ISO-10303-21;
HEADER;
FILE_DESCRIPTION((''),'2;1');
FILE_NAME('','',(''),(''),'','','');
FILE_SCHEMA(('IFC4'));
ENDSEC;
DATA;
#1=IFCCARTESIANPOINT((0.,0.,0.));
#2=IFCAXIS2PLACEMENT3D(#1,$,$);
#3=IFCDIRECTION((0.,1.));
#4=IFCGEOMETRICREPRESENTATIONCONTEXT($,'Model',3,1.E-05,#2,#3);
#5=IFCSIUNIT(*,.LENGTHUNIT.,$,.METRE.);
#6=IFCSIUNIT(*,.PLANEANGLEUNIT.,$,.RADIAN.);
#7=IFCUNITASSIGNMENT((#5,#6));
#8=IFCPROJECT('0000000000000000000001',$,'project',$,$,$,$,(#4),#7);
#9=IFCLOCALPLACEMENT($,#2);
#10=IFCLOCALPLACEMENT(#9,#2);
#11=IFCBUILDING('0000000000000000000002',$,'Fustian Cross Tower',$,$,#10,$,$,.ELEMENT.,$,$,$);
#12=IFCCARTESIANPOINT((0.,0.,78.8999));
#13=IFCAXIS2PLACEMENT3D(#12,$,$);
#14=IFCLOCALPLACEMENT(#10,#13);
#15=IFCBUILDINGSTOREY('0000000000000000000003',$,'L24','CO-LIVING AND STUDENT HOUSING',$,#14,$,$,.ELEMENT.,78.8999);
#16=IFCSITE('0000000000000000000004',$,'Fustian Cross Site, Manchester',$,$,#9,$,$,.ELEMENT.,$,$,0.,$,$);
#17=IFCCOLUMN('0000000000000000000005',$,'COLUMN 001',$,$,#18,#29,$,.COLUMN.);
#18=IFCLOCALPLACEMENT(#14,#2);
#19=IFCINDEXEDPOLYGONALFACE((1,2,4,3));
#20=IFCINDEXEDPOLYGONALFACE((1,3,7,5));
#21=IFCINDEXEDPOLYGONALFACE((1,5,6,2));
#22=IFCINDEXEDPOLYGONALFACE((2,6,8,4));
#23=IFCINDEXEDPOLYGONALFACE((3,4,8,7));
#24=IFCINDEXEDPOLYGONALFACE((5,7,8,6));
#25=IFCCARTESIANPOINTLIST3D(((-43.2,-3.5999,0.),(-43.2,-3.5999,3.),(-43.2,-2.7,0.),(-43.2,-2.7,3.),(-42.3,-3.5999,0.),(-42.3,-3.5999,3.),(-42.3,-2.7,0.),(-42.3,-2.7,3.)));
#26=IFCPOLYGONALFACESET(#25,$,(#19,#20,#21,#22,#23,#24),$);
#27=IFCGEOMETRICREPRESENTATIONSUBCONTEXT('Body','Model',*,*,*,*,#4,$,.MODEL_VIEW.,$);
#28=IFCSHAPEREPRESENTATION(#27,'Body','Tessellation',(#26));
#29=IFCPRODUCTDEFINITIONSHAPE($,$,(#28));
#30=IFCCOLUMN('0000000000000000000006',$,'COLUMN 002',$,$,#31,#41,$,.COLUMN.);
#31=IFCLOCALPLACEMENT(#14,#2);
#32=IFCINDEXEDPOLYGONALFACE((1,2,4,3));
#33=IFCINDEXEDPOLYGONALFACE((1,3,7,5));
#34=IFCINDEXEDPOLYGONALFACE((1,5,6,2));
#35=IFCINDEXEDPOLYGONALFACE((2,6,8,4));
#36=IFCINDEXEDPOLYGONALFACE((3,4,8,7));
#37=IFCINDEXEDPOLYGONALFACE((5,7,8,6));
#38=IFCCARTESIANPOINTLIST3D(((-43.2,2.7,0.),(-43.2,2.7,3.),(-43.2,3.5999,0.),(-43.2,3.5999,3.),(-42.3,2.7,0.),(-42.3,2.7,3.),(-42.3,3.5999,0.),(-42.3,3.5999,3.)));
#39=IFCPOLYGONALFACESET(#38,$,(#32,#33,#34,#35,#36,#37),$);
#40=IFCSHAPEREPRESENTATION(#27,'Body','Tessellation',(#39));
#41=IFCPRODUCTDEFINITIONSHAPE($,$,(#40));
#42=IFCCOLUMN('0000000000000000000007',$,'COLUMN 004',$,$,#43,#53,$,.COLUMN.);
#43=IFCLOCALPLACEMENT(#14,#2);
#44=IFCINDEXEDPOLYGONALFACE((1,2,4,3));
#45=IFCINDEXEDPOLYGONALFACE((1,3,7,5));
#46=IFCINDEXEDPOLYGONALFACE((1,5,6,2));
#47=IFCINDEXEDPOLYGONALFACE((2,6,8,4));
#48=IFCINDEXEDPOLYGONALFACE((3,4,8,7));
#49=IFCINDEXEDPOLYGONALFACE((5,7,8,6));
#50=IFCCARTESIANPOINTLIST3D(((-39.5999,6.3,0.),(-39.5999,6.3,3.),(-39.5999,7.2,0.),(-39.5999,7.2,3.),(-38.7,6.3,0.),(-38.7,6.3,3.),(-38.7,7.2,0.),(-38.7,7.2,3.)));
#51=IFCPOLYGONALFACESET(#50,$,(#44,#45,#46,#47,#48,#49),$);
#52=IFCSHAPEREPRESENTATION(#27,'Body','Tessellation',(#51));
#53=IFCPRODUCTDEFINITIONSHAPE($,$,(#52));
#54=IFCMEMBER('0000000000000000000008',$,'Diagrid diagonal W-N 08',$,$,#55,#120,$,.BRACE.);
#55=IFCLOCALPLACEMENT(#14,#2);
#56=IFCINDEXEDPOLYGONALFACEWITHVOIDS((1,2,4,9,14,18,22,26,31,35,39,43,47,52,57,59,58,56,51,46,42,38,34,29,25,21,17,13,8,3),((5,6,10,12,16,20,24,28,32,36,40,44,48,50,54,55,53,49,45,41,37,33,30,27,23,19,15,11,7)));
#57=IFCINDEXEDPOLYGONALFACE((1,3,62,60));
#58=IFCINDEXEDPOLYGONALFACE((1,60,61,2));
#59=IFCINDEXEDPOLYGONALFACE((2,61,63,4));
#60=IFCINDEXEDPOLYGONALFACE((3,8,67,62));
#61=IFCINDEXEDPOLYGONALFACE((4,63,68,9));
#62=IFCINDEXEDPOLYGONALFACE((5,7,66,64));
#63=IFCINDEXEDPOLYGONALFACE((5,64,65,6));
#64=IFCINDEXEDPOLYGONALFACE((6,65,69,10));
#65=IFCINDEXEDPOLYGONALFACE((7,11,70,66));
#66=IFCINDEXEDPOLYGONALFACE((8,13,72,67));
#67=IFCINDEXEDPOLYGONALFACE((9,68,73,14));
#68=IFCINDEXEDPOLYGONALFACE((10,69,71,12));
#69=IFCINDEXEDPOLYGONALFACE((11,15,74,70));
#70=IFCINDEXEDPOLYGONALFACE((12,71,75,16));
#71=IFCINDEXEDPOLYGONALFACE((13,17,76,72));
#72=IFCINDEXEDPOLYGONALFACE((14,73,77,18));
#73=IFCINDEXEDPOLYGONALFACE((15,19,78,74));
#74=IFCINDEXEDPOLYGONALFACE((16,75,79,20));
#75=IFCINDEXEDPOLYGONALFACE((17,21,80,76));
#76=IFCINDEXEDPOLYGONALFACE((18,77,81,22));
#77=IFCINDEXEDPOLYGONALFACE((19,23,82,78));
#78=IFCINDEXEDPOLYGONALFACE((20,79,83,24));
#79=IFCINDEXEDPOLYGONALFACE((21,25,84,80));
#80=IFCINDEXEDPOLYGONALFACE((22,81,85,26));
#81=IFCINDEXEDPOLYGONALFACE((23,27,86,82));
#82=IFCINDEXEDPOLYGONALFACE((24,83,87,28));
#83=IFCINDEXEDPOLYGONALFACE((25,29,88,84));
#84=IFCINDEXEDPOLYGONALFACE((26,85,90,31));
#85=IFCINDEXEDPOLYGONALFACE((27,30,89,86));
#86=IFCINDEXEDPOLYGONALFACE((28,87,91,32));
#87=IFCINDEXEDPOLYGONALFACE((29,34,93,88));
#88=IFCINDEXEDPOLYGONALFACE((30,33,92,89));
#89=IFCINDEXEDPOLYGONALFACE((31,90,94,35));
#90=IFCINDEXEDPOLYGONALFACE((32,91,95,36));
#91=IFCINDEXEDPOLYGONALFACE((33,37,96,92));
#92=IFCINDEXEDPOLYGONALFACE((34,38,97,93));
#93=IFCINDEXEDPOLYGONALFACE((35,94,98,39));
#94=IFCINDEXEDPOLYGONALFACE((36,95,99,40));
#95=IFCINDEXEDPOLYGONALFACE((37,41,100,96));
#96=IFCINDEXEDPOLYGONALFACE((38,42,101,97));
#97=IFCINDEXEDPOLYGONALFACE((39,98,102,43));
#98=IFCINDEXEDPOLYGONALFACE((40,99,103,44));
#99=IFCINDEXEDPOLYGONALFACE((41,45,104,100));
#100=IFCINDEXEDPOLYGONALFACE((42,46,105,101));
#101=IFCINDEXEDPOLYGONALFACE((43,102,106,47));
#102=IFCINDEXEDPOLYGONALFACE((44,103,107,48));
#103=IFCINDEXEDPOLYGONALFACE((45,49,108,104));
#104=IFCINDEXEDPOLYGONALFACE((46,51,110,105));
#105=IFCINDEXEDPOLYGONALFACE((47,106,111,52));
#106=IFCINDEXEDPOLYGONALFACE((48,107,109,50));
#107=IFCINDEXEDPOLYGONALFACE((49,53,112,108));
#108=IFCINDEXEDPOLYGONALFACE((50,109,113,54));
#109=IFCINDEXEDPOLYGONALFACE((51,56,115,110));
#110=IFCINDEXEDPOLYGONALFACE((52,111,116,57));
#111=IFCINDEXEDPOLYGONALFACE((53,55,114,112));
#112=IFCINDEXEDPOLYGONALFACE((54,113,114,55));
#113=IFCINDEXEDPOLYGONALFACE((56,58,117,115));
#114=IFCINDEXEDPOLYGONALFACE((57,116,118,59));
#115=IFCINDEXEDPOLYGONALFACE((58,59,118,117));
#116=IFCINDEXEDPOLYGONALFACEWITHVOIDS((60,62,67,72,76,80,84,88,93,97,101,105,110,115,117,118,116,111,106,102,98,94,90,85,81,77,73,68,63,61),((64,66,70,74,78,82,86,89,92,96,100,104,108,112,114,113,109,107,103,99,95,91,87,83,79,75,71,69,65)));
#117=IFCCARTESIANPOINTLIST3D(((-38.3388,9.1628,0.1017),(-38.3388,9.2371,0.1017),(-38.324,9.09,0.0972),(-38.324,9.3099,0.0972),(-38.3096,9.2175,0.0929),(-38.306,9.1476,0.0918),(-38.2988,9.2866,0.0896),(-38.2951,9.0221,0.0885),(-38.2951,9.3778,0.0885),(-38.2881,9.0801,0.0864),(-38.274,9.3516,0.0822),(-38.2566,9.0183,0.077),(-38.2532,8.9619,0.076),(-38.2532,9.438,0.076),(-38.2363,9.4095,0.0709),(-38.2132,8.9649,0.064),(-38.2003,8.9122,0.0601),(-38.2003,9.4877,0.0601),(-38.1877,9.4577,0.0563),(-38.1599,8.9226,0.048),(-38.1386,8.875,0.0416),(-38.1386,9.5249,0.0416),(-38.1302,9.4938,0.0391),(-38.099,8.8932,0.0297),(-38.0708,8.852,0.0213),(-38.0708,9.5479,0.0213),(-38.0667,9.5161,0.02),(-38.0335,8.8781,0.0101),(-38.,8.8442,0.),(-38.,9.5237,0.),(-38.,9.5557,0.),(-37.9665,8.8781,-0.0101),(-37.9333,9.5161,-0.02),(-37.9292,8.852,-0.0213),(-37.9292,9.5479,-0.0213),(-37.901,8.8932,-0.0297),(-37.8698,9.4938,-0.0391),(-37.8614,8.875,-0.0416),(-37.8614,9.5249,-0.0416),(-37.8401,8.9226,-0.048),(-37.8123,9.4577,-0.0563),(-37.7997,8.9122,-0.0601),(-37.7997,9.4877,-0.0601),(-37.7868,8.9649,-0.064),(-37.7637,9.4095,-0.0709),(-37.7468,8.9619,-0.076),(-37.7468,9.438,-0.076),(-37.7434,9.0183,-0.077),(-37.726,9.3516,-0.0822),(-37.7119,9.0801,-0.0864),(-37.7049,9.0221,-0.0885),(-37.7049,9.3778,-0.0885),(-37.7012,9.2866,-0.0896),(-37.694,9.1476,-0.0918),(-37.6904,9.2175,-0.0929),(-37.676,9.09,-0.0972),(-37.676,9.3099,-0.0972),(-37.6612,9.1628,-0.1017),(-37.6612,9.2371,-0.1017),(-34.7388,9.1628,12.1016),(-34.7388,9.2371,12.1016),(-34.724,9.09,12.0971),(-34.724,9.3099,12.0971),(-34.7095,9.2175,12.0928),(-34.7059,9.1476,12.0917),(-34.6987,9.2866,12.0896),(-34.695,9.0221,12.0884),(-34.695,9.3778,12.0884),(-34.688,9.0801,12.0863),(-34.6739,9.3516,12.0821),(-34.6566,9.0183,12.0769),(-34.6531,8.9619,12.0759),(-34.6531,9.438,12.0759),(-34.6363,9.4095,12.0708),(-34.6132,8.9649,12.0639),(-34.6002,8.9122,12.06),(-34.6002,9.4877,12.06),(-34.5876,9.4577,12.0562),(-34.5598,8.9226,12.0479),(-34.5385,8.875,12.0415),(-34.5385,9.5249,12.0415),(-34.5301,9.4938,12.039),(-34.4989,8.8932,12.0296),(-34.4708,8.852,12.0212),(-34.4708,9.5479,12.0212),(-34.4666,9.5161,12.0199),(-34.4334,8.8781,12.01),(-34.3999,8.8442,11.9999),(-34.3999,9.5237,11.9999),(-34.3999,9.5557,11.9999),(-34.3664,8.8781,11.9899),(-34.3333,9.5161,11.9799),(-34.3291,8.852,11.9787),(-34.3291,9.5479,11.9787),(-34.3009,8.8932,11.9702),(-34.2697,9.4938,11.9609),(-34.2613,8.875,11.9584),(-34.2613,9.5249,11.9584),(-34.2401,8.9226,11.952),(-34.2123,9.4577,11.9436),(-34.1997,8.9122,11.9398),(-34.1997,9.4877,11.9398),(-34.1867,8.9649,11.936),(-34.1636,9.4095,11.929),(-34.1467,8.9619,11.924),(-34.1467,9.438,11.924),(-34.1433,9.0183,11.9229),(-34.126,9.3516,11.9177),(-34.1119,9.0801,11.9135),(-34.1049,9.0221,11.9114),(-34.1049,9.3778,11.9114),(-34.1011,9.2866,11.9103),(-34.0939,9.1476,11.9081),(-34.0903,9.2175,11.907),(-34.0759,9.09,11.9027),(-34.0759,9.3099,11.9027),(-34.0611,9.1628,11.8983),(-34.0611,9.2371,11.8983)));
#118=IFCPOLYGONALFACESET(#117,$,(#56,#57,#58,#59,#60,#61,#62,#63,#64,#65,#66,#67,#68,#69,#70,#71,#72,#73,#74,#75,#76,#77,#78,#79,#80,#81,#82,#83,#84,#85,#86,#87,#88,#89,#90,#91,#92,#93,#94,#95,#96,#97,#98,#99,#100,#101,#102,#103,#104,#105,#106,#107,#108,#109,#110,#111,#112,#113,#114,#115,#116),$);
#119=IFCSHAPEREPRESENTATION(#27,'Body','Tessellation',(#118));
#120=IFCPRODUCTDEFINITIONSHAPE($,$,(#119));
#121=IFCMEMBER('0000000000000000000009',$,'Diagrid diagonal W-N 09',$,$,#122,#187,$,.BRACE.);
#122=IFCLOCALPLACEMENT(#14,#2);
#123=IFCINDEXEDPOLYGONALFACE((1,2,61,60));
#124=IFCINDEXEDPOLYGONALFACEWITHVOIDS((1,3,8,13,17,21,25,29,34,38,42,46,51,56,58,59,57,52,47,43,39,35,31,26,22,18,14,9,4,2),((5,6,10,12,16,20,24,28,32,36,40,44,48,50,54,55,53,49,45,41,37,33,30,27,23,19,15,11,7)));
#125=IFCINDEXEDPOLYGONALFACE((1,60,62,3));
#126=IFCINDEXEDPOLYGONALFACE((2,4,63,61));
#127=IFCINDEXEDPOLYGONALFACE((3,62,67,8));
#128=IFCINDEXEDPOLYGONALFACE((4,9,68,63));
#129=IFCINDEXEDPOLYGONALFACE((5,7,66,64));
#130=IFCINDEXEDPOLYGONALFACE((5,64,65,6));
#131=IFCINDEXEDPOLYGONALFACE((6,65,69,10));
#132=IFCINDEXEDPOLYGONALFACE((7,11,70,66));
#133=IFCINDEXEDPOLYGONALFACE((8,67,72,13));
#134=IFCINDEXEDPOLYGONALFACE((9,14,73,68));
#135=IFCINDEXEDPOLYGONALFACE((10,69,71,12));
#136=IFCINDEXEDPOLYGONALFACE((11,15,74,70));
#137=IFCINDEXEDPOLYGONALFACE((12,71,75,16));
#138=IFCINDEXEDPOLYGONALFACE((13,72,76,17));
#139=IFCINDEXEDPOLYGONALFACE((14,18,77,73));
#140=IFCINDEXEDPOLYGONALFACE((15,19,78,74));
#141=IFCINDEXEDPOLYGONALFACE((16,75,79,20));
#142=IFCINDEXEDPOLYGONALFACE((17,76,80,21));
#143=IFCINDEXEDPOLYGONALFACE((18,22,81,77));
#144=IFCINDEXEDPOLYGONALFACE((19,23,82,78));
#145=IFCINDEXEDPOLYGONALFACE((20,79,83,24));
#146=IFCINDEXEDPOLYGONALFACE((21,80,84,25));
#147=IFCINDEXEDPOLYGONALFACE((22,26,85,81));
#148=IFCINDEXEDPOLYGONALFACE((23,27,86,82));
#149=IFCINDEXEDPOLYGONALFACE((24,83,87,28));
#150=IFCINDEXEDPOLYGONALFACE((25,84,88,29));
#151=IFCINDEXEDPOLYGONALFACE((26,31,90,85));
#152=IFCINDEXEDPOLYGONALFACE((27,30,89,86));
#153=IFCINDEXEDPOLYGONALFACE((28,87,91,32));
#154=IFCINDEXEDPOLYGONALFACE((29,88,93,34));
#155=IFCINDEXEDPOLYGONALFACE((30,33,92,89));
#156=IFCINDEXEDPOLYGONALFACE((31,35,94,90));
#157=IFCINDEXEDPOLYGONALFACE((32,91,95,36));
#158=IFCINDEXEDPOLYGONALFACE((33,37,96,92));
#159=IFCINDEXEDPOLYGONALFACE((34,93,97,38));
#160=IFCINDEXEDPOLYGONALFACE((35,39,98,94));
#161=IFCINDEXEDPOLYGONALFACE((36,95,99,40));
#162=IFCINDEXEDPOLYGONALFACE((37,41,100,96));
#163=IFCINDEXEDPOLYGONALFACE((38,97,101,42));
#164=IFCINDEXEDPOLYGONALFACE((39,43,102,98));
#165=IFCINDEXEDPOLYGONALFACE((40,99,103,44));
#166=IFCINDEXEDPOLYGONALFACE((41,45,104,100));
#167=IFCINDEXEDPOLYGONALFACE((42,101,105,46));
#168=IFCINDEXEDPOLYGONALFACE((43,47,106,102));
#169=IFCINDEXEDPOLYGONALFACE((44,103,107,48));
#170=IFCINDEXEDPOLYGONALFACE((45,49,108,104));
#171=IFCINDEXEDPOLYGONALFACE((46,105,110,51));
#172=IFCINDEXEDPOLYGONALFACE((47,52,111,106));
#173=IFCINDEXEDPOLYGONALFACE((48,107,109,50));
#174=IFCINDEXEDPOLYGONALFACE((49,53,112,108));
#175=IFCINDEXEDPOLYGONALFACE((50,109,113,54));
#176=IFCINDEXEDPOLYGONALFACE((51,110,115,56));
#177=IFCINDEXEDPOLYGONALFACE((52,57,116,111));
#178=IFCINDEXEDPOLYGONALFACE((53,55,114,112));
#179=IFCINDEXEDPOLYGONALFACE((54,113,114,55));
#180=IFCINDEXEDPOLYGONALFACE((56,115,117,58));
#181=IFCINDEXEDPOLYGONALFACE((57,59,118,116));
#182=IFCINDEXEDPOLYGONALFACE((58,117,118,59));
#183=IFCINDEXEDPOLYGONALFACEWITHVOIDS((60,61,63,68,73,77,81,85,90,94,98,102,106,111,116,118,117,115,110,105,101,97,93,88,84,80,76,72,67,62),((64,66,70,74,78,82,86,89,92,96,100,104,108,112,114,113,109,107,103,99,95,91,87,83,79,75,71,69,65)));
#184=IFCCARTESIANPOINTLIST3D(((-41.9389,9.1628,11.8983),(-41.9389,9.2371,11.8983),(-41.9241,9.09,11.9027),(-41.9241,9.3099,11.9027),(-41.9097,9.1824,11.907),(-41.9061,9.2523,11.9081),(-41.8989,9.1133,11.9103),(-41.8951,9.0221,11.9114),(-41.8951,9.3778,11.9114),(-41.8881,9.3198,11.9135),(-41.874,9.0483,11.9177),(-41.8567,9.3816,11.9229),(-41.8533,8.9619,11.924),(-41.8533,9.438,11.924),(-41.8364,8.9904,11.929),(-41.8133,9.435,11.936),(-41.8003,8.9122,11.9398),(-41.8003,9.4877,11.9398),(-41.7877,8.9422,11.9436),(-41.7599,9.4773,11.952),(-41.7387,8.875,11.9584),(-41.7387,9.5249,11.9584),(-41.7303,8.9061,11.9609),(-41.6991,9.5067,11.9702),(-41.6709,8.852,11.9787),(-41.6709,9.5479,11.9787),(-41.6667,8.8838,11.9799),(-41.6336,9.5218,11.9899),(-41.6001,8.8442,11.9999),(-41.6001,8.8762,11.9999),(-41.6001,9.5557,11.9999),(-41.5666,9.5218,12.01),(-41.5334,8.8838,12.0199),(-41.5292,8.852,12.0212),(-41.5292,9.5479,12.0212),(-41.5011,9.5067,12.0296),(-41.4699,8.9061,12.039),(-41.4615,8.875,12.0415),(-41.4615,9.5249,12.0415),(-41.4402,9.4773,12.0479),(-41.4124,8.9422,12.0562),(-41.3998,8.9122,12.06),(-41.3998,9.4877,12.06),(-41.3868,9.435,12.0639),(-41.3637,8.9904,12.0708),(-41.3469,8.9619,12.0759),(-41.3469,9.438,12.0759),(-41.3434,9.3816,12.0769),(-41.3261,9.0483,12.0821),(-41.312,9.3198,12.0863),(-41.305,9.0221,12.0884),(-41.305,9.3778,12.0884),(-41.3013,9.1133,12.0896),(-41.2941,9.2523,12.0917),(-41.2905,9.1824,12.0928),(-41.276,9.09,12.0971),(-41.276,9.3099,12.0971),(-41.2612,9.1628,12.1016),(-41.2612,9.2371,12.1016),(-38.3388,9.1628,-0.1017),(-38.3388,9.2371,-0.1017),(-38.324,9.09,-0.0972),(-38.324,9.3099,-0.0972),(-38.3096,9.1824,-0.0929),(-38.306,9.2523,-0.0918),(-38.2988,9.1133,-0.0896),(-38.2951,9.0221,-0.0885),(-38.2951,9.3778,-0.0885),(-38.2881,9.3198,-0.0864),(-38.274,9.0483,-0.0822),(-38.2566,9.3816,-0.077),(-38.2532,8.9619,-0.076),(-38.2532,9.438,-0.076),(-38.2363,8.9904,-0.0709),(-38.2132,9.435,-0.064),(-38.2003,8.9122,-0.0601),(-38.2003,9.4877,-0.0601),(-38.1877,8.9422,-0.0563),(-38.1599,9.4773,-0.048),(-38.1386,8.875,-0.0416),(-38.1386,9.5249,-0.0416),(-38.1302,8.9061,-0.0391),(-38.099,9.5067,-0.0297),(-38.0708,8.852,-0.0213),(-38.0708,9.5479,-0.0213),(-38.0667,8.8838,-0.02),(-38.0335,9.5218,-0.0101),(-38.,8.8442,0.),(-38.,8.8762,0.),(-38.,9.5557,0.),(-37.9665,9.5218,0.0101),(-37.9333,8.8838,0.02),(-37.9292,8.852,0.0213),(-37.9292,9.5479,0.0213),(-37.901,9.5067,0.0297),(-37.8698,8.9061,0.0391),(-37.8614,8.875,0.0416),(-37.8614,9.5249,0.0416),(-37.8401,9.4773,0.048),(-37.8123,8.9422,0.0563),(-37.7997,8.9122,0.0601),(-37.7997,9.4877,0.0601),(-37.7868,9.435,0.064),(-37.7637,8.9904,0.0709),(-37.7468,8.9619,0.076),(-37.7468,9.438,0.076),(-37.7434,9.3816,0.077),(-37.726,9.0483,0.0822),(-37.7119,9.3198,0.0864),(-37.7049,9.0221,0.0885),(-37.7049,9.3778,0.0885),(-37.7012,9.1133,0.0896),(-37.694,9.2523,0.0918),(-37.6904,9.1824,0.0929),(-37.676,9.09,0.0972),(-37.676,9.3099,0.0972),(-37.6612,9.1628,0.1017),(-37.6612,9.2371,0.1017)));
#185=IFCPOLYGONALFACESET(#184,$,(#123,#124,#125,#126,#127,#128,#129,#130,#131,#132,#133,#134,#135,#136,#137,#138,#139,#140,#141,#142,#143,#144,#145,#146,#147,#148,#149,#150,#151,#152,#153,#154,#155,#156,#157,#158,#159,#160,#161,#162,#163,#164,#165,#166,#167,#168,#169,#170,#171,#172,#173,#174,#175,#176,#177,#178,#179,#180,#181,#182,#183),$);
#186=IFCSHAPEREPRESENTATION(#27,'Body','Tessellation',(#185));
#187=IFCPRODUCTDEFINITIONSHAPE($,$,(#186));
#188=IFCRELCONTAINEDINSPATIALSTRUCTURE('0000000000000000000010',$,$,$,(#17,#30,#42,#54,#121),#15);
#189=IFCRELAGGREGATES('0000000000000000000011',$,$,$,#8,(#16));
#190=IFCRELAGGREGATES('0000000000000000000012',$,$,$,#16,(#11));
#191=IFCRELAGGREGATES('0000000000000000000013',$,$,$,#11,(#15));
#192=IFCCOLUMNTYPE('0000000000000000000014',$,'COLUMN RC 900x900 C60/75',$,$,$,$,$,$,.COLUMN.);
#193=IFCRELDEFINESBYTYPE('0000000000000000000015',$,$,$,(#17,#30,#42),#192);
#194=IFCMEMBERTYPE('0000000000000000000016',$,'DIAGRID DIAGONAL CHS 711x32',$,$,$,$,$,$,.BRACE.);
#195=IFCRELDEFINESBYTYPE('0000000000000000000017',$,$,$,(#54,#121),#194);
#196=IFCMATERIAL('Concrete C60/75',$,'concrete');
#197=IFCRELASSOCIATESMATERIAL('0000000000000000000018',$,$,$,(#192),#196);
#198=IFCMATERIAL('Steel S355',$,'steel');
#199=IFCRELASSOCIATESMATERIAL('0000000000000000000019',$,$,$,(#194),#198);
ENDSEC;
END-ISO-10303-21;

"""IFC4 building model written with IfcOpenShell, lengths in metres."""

from ifc_helpers import new_model, si_unit, direction, frame, origin, origin_2d, place, context, subcontext, project, spatial, rectangle, hollow_circle, extrude, material, material_profile, profile_set, type_object, element, save


model = new_model("IFC4")

# Units and contexts
model_context = context("Model", 3, precision=1e-05, world=origin(), true_north=direction((0.0, 1.0)))
body_context = subcontext(model_context, "Body", "Model", "MODEL_VIEW")
ifc_project = project(units=[si_unit("LENGTHUNIT", "METRE"), si_unit("PLANEANGLEUNIT", "RADIAN")], contexts=[model_context])

# Site, building, storey
site_placement = place(None, origin())
site = spatial("IfcSite", under=ifc_project, at=site_placement, Name="Fustian Cross Site, Manchester", CompositionType="ELEMENT", RefElevation=0.0)
building_placement = place(site_placement, origin())
building = spatial("IfcBuilding", under=site, at=building_placement, Name="Fustian Cross Tower", CompositionType="ELEMENT")
storey_placement = place(building_placement, frame((0.0, 0.0, 78.8999)))
storey = spatial("IfcBuildingStorey", under=building, at=storey_placement, Name="L24", Description="CO-LIVING AND STUDENT HOUSING", CompositionType="ELEMENT", Elevation=78.8999)

# Columns
ifc_material_1 = material(Name="Concrete C60/75", Category="concrete")
ifc_material_profile_1 = material_profile(ifc_material_1, rectangle(XDim=0.8999, YDim=0.8999, at=origin_2d()), Name="RC 900x900")
ifc_profile_set_1 = profile_set([ifc_material_profile_1], Name="Concrete C60/75")
column_type = type_object("IfcColumnType", Name="COLUMN RC 900x900 C60/75", PredefinedType="COLUMN", material=ifc_profile_set_1)
for number, where, z_axis, x_axis, name in (
    (1, (-42.75, -3.1499, 0.0), (0.0, 0.0, 1.0), (1.0, 0.0, 0.0), "COLUMN 001"),
    (2, (-42.75, 3.1499, 0.0), (0.0, 0.0, 1.0), (1.0, 0.0, 0.0), "COLUMN 002"),
    (3, (-39.1499, 6.75, 0.0), (0.0, 0.0, 1.0), (1.0, 0.0, 0.0), "COLUMN 004"),
):
    element("IfcColumn", number, at=place(storey_placement, frame(where, z_axis=z_axis, x_axis=x_axis)), inside=storey, type_object=column_type, Name=name, PredefinedType="COLUMN", context=body_context, shape_type="SweptSolid", body=[
        extrude(rectangle(XDim=0.8999, YDim=0.8999, at=origin_2d()), origin(), (0.0, 0.0, 1.0), 3.0),
    ])

# Members
ifc_material_2 = material(Name="Steel S355", Category="steel")
ifc_material_profile_2 = material_profile(ifc_material_2, hollow_circle(Radius=0.3557, WallThickness=0.032, at=origin_2d()), Name="CHS 711x32")
ifc_profile_set_2 = profile_set([ifc_material_profile_2], Name="Steel S355")
member_type_1 = type_object("IfcMemberType", Name="DIAGRID DIAGONAL CHS 711x32", PredefinedType="BRACE", material=ifc_profile_set_2)
for number, where, z_axis, x_axis, name in (
    (4, (-38.0, 9.2, 0.0), (0.287355, 0.0, 0.957824), (0.0, 1.0, 0.0), "Diagrid diagonal W-N 08"),
    (5, (-38.0, 9.2, 0.0), (-0.287355, 0.0, 0.957824), (0.0, -1.0, 0.0), "Diagrid diagonal W-N 09"),
):
    element("IfcMember", number, at=place(storey_placement, frame(where, z_axis=z_axis, x_axis=x_axis)), inside=storey, type_object=member_type_1, Name=name, PredefinedType="BRACE", context=body_context, shape_type="SweptSolid", body=[
        extrude(hollow_circle(Radius=0.3557, WallThickness=0.032, at=origin_2d()), origin(), (0.0, 0.0, 1.0), 12.5283),
    ])

save(model, "model.ifc")
